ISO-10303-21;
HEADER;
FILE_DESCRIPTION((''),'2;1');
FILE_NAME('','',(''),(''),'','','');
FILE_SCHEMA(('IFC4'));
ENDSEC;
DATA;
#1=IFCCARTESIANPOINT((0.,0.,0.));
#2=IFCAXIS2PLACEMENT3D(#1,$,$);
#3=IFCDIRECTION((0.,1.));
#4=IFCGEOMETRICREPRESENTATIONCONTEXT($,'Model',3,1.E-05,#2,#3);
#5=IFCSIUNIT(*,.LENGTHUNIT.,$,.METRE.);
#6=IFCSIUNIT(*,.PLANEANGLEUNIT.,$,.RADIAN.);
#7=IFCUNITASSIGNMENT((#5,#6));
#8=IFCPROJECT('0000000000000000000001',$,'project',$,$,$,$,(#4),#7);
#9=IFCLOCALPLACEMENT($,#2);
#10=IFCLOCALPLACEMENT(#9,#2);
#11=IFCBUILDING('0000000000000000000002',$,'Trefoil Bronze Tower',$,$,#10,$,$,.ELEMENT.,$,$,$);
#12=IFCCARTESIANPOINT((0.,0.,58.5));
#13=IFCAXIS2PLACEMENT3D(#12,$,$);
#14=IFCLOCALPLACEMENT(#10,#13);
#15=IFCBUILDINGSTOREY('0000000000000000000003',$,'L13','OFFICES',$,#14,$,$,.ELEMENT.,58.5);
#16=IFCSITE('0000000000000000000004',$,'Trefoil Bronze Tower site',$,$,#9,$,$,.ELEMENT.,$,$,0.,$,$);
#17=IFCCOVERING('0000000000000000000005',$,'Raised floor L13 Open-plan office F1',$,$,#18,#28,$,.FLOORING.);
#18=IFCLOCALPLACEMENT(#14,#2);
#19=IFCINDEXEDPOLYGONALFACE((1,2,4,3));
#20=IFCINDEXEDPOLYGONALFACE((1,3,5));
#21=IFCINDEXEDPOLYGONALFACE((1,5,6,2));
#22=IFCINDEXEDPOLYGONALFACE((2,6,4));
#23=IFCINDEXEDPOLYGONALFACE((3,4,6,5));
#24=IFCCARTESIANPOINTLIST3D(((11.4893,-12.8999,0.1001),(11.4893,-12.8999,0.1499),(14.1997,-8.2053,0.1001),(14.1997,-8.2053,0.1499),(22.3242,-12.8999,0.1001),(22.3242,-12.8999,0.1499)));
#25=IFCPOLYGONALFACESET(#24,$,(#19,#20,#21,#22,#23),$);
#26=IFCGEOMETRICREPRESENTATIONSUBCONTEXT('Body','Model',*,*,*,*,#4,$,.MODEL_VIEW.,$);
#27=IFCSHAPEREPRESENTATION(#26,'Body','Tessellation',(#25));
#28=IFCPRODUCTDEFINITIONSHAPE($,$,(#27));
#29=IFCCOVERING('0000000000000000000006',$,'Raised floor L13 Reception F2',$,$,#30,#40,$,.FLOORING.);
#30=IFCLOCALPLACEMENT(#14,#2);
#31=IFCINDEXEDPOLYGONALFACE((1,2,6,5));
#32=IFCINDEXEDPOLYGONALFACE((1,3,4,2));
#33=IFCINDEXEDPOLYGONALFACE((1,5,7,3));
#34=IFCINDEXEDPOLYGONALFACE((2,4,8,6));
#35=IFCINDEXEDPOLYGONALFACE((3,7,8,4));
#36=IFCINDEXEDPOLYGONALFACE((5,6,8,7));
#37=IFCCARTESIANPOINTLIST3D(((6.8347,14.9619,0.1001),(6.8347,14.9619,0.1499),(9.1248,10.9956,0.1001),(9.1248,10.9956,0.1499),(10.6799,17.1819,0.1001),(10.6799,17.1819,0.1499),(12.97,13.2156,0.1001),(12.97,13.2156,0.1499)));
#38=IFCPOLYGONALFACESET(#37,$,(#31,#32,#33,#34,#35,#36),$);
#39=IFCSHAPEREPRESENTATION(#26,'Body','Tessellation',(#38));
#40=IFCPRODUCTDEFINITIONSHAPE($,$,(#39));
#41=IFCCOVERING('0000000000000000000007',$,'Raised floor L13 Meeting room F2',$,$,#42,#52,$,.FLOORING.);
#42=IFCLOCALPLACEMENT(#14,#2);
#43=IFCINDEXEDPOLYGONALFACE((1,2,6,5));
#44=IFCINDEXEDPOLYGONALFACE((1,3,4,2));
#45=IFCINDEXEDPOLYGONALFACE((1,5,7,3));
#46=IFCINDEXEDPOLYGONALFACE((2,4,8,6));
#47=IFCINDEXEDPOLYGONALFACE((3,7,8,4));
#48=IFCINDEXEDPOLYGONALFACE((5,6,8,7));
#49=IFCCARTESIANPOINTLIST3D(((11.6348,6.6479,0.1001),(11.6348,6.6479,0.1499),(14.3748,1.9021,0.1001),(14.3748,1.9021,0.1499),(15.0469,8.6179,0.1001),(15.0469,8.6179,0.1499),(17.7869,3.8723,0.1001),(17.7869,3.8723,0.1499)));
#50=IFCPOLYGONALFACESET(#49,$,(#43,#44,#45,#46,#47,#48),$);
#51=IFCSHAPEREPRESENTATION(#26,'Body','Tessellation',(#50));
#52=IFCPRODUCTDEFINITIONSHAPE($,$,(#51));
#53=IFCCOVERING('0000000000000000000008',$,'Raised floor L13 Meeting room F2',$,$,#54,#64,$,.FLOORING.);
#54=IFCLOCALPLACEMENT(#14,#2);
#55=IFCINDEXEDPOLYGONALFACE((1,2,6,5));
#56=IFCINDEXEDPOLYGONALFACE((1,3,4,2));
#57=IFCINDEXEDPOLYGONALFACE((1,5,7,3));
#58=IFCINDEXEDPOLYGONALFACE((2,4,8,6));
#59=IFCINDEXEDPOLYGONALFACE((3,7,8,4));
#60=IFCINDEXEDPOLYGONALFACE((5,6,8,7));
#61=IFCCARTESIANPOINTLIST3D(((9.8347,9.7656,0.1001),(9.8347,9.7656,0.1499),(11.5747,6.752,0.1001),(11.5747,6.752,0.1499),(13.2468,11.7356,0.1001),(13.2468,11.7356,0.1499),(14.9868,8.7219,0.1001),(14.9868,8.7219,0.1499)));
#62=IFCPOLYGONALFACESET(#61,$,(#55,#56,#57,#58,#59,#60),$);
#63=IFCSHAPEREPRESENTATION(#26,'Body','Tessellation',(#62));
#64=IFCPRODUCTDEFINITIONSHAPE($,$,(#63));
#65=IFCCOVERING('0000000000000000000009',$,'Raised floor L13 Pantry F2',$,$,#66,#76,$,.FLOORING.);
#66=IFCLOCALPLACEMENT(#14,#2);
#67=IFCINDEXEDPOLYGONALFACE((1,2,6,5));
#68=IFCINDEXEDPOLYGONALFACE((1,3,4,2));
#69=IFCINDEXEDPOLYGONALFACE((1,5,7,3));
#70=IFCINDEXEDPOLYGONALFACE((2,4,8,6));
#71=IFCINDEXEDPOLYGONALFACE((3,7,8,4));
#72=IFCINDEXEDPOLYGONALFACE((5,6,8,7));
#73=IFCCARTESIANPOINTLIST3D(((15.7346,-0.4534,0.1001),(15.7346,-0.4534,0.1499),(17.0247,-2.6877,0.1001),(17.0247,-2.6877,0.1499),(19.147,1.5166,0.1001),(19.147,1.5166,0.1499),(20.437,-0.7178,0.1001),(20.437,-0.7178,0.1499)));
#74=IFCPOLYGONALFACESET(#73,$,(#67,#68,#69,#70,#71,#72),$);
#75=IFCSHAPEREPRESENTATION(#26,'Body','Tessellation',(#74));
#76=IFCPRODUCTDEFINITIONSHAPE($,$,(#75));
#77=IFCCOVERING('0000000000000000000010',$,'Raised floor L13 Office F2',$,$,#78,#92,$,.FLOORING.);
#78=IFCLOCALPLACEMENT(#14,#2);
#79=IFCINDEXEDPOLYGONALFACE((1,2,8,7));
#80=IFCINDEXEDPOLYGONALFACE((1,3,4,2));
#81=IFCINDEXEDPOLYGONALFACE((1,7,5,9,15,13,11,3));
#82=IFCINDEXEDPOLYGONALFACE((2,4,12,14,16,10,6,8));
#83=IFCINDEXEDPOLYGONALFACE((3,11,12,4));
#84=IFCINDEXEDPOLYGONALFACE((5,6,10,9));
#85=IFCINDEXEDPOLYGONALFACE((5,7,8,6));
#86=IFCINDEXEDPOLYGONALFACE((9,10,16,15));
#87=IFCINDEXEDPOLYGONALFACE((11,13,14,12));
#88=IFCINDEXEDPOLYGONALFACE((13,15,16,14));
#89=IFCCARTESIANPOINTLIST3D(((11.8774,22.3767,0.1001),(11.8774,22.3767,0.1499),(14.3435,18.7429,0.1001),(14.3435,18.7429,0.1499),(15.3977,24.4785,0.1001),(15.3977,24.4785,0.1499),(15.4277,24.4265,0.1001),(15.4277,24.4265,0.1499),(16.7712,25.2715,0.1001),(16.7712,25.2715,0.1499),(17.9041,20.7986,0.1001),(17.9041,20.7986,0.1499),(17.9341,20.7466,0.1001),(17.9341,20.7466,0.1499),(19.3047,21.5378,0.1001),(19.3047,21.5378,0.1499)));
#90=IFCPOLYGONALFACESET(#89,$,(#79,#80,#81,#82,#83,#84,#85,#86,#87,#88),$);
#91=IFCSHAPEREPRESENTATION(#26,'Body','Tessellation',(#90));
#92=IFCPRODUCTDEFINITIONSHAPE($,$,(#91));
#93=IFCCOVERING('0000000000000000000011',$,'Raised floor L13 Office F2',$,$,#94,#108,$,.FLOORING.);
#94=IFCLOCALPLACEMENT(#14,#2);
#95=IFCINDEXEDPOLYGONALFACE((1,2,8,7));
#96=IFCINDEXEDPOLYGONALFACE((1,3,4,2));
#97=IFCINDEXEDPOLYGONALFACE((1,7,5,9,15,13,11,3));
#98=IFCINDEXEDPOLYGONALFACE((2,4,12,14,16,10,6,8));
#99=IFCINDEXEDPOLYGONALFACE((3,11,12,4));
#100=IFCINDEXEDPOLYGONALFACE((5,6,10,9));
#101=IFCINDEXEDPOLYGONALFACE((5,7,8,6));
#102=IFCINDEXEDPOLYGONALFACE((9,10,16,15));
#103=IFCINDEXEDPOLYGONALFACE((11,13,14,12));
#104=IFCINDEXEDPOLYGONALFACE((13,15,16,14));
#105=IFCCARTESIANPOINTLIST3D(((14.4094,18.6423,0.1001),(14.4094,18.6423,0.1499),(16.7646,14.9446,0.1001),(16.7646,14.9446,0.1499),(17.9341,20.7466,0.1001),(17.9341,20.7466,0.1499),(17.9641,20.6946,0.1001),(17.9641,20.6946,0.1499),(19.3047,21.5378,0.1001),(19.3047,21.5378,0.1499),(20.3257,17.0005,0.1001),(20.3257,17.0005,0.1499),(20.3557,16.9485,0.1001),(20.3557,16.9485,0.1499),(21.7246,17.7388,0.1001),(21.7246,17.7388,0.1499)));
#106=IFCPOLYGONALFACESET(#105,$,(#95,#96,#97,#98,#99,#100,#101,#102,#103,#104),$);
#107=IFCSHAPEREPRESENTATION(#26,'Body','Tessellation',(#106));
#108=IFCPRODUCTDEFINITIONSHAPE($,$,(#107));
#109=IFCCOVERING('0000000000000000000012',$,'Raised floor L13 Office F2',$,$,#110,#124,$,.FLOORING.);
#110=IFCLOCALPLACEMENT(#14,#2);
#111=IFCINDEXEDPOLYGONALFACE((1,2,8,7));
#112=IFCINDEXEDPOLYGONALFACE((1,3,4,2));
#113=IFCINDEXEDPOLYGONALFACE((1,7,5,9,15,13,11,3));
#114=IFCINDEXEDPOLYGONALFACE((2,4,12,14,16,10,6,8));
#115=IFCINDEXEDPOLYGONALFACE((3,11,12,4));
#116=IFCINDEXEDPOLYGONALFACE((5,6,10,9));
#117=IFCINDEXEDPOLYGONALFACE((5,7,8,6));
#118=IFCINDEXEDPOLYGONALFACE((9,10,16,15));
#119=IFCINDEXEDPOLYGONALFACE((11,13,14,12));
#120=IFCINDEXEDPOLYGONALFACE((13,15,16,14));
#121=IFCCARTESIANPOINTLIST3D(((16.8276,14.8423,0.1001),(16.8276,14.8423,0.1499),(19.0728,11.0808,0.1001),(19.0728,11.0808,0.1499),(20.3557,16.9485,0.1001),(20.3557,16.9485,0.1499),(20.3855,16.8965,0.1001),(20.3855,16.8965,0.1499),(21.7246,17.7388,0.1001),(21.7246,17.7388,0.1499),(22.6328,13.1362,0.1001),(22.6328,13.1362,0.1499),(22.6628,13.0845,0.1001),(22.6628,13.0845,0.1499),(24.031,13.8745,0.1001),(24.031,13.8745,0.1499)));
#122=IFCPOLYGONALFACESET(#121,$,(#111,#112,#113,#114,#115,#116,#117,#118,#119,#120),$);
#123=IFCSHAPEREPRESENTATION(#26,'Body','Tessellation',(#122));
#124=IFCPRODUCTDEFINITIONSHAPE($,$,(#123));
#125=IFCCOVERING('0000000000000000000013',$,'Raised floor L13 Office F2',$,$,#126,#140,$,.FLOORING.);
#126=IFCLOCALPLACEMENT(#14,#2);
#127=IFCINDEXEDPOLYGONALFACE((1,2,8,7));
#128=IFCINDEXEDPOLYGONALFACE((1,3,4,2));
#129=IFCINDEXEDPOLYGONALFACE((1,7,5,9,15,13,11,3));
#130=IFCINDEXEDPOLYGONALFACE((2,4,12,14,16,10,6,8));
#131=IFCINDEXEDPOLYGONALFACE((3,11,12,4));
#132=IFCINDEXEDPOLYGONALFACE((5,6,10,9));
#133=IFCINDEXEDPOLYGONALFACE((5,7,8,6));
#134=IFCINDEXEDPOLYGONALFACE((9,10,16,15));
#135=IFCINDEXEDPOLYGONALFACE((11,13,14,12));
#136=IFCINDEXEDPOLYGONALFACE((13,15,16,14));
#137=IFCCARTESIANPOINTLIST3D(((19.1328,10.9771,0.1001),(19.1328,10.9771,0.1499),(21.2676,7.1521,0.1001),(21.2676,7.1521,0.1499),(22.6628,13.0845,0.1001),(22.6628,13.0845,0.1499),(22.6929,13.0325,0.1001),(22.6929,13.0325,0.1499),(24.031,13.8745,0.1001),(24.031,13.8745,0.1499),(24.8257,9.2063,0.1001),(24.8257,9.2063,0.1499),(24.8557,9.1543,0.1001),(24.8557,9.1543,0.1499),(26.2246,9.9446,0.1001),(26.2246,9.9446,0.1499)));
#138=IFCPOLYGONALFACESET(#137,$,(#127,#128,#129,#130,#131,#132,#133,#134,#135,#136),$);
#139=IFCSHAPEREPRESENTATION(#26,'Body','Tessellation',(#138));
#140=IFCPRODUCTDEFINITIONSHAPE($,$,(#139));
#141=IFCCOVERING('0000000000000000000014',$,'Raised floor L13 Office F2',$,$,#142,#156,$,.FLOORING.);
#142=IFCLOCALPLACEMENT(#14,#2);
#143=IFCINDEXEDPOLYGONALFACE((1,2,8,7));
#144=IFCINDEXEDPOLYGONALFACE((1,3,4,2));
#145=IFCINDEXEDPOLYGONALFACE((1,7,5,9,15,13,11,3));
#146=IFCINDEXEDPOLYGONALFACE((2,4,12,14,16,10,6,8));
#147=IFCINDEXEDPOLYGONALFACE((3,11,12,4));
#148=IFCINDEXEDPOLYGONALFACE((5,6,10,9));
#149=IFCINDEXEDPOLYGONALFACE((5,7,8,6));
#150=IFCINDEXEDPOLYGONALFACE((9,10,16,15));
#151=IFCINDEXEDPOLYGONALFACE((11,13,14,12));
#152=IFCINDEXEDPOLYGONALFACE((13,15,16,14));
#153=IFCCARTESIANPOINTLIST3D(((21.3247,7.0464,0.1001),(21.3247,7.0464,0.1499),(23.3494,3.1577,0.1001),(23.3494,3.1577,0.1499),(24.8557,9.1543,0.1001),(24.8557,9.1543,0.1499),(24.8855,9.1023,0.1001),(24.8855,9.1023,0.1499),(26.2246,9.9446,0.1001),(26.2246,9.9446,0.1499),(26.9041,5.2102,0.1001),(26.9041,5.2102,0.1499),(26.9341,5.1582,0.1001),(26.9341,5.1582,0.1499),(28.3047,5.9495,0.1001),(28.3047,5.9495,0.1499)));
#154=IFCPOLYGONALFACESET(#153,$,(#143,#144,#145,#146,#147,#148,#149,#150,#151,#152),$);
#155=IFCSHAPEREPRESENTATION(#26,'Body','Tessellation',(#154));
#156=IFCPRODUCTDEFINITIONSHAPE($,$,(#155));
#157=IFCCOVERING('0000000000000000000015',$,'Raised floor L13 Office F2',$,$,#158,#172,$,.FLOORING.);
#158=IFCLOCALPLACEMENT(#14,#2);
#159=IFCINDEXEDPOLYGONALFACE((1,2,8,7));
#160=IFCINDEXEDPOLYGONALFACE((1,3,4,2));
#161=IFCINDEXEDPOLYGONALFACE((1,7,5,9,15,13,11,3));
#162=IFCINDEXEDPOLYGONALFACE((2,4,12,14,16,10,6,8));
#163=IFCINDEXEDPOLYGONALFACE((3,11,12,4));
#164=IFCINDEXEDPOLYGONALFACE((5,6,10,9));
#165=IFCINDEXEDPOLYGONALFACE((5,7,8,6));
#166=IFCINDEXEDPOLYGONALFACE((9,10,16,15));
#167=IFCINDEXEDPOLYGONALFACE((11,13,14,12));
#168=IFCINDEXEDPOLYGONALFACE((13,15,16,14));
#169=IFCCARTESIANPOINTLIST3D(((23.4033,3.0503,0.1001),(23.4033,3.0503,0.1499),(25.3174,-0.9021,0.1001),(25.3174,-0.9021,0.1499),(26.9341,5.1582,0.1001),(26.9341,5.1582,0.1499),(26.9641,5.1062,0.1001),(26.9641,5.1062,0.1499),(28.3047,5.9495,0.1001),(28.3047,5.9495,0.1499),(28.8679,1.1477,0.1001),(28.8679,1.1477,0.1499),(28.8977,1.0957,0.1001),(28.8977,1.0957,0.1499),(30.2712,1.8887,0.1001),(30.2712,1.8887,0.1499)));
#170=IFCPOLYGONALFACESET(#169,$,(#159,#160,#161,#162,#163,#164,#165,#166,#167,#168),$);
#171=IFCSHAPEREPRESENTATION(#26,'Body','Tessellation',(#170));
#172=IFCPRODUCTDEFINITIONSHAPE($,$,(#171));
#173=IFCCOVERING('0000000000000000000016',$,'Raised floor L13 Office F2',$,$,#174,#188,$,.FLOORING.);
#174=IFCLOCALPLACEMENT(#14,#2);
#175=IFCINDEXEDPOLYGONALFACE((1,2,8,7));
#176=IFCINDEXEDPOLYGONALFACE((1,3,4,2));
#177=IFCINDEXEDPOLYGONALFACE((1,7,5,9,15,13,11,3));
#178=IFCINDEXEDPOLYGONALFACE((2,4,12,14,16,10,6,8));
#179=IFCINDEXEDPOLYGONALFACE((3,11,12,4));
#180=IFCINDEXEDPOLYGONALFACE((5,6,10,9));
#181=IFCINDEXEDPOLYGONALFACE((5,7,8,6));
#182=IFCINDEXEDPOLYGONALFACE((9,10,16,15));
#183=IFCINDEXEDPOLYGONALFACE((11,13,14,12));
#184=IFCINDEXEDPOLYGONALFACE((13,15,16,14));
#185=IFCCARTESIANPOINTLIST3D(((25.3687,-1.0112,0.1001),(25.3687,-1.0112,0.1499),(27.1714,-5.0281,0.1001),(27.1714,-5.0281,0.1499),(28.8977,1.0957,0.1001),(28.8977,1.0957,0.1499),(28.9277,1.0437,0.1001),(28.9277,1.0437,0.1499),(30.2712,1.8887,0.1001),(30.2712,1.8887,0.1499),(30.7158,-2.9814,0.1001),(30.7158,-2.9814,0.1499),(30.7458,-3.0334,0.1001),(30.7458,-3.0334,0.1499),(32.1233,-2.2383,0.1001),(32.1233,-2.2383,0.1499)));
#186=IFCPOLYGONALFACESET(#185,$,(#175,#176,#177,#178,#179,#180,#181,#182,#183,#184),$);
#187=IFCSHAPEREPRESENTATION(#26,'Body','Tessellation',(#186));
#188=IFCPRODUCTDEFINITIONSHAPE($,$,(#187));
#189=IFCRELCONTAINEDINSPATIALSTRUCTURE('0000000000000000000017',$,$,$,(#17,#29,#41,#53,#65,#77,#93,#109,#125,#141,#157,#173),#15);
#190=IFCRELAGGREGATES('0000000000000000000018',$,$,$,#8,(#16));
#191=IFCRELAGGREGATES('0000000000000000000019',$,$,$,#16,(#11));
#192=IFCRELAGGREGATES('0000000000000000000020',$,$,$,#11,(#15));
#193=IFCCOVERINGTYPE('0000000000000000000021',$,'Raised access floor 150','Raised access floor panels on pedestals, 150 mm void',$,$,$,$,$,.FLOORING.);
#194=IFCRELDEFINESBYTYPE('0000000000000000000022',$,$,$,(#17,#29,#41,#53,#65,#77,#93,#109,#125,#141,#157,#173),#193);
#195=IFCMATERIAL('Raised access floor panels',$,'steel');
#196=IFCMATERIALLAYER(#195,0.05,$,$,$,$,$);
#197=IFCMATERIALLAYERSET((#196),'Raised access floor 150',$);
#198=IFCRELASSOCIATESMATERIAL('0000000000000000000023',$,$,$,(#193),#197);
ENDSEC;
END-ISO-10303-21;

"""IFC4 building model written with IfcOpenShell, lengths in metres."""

from ifc_helpers import new_model, si_unit, direction, frame, origin, place, context, subcontext, project, spatial, polyline, outline, extrude, material, layer, layer_set, type_object, element, save


model = new_model("IFC4")

# Units and contexts
model_context = context("Model", 3, precision=1e-05, world=origin(), true_north=direction((0.0, 1.0)))
body_context = subcontext(model_context, "Body", "Model", "MODEL_VIEW")
ifc_project = project(units=[si_unit("LENGTHUNIT", "METRE"), si_unit("PLANEANGLEUNIT", "RADIAN")], contexts=[model_context])

# Site, building, storey
site_placement = place(None, origin())
site = spatial("IfcSite", under=ifc_project, at=site_placement, Name="Trefoil Bronze Tower site", CompositionType="ELEMENT", RefElevation=0.0)
building_placement = place(site_placement, origin())
building = spatial("IfcBuilding", under=site, at=building_placement, Name="Trefoil Bronze Tower", CompositionType="ELEMENT")
storey_placement = place(building_placement, frame((0.0, 0.0, 58.5)))
storey = spatial("IfcBuildingStorey", under=building, at=storey_placement, Name="L13", Description="OFFICES", CompositionType="ELEMENT", Elevation=58.5)

# Coverings
ifc_material_1 = material(Name="Raised access floor panels", Category="steel")
ifc_layer_1 = layer(ifc_material_1, 0.05)
ifc_layer_set_1 = layer_set([ifc_layer_1], Name="Raised access floor 150")
covering_type_1 = type_object("IfcCoveringType", Name="Raised access floor 150", Description="Raised access floor panels on pedestals, 150 mm void", PredefinedType="FLOORING", material=ifc_layer_set_1)
covering_1_placement = place(storey_placement, frame((0.0, 0.0, 0.1001)))
element("IfcCovering", 1, at=covering_1_placement, inside=storey, type_object=covering_type_1, Name="Raised floor L13 Open-plan office F1", PredefinedType="FLOORING", context=body_context, shape_type="SweptSolid", body=[
    extrude(outline(polyline([(14.1997, -8.2053), (22.3242, -12.8999), (11.4893, -12.8999), (14.1997, -8.2053)])), origin(), (0.0, 0.0, 1.0), 0.0498),
])
covering_2_placement = place(storey_placement, frame((0.0, 0.0, 0.1001)))
element("IfcCovering", 2, at=covering_2_placement, inside=storey, type_object=covering_type_1, Name="Raised floor L13 Reception F2", PredefinedType="FLOORING", context=body_context, shape_type="SweptSolid", body=[
    extrude(outline(polyline([(6.8347, 14.9619), (10.6799, 17.1819), (12.97, 13.2156), (9.1248, 10.9956), (6.8347, 14.9619)])), origin(), (0.0, 0.0, 1.0), 0.0498),
])
covering_3_placement = place(storey_placement, frame((0.0, 0.0, 0.1001)))
element("IfcCovering", 3, at=covering_3_placement, inside=storey, type_object=covering_type_1, Name="Raised floor L13 Meeting room F2", PredefinedType="FLOORING", context=body_context, shape_type="SweptSolid", body=[
    extrude(outline(polyline([(11.6348, 6.6479), (15.0469, 8.6179), (17.7869, 3.8723), (14.3748, 1.9021), (11.6348, 6.6479)])), origin(), (0.0, 0.0, 1.0), 0.0498),
])
covering_4_placement = place(storey_placement, frame((0.0, 0.0, 0.1001)))
element("IfcCovering", 4, at=covering_4_placement, inside=storey, type_object=covering_type_1, Name="Raised floor L13 Meeting room F2", PredefinedType="FLOORING", context=body_context, shape_type="SweptSolid", body=[
    extrude(outline(polyline([(9.8347, 9.7656), (13.2468, 11.7356), (14.9868, 8.7219), (11.5747, 6.752), (9.8347, 9.7656)])), origin(), (0.0, 0.0, 1.0), 0.0498),
])
covering_5_placement = place(storey_placement, frame((0.0, 0.0, 0.1001)))
element("IfcCovering", 5, at=covering_5_placement, inside=storey, type_object=covering_type_1, Name="Raised floor L13 Pantry F2", PredefinedType="FLOORING", context=body_context, shape_type="SweptSolid", body=[
    extrude(outline(polyline([(15.7346, -0.4534), (19.147, 1.5166), (20.437, -0.7178), (17.0247, -2.6877), (15.7346, -0.4534)])), origin(), (0.0, 0.0, 1.0), 0.0498),
])
covering_6_placement = place(storey_placement, frame((0.0, 0.0, 0.1001)))
element("IfcCovering", 6, at=covering_6_placement, inside=storey, type_object=covering_type_1, Name="Raised floor L13 Office F2", PredefinedType="FLOORING", context=body_context, shape_type="SweptSolid", body=[
    extrude(outline(polyline([(16.7712, 25.2715), (19.3047, 21.5378), (17.9341, 20.7466), (17.9041, 20.7986), (14.3435, 18.7429), (11.8774, 22.3767), (15.4277, 24.4265), (15.3977, 24.4785), (16.7712, 25.2715)])), origin(), (0.0, 0.0, 1.0), 0.0498),
])
covering_7_placement = place(storey_placement, frame((0.0, 0.0, 0.1001)))
element("IfcCovering", 7, at=covering_7_placement, inside=storey, type_object=covering_type_1, Name="Raised floor L13 Office F2", PredefinedType="FLOORING", context=body_context, shape_type="SweptSolid", body=[
    extrude(outline(polyline([(21.7246, 17.7388), (20.3557, 16.9485), (20.3257, 17.0005), (16.7646, 14.9446), (14.4094, 18.6423), (17.9641, 20.6946), (17.9341, 20.7466), (19.3047, 21.5378), (21.7246, 17.7388)])), origin(), (0.0, 0.0, 1.0), 0.0498),
])
covering_8_placement = place(storey_placement, frame((0.0, 0.0, 0.1001)))
element("IfcCovering", 8, at=covering_8_placement, inside=storey, type_object=covering_type_1, Name="Raised floor L13 Office F2", PredefinedType="FLOORING", context=body_context, shape_type="SweptSolid", body=[
    extrude(outline(polyline([(21.7246, 17.7388), (24.031, 13.8745), (22.6628, 13.0845), (22.6328, 13.1362), (19.0728, 11.0808), (16.8276, 14.8423), (20.3855, 16.8965), (20.3557, 16.9485), (21.7246, 17.7388)])), origin(), (0.0, 0.0, 1.0), 0.0498),
])
covering_9_placement = place(storey_placement, frame((0.0, 0.0, 0.1001)))
element("IfcCovering", 9, at=covering_9_placement, inside=storey, type_object=covering_type_1, Name="Raised floor L13 Office F2", PredefinedType="FLOORING", context=body_context, shape_type="SweptSolid", body=[
    extrude(outline(polyline([(24.031, 13.8745), (26.2246, 9.9446), (24.8557, 9.1543), (24.8257, 9.2063), (21.2676, 7.1521), (19.1328, 10.9771), (22.6929, 13.0325), (22.6628, 13.0845), (24.031, 13.8745)])), origin(), (0.0, 0.0, 1.0), 0.0498),
])
covering_10_placement = place(storey_placement, frame((0.0, 0.0, 0.1001)))
element("IfcCovering", 10, at=covering_10_placement, inside=storey, type_object=covering_type_1, Name="Raised floor L13 Office F2", PredefinedType="FLOORING", context=body_context, shape_type="SweptSolid", body=[
    extrude(outline(polyline([(26.2246, 9.9446), (28.3047, 5.9495), (26.9341, 5.1582), (26.9041, 5.2102), (23.3494, 3.1577), (21.3247, 7.0464), (24.8855, 9.1023), (24.8557, 9.1543), (26.2246, 9.9446)])), origin(), (0.0, 0.0, 1.0), 0.0498),
])
covering_11_placement = place(storey_placement, frame((0.0, 0.0, 0.1001)))
element("IfcCovering", 11, at=covering_11_placement, inside=storey, type_object=covering_type_1, Name="Raised floor L13 Office F2", PredefinedType="FLOORING", context=body_context, shape_type="SweptSolid", body=[
    extrude(outline(polyline([(28.3047, 5.9495), (30.2712, 1.8887), (28.8977, 1.0957), (28.8679, 1.1477), (25.3174, -0.9021), (23.4033, 3.0503), (26.9641, 5.1062), (26.9341, 5.1582), (28.3047, 5.9495)])), origin(), (0.0, 0.0, 1.0), 0.0498),
])
covering_12_placement = place(storey_placement, frame((0.0, 0.0, 0.1001)))
element("IfcCovering", 12, at=covering_12_placement, inside=storey, type_object=covering_type_1, Name="Raised floor L13 Office F2", PredefinedType="FLOORING", context=body_context, shape_type="SweptSolid", body=[
    extrude(outline(polyline([(32.1233, -2.2383), (30.7458, -3.0334), (30.7158, -2.9814), (27.1714, -5.0281), (25.3687, -1.0112), (28.9277, 1.0437), (28.8977, 1.0957), (30.2712, 1.8887), (32.1233, -2.2383)])), origin(), (0.0, 0.0, 1.0), 0.0498),
])

save(model, "model.ifc")
